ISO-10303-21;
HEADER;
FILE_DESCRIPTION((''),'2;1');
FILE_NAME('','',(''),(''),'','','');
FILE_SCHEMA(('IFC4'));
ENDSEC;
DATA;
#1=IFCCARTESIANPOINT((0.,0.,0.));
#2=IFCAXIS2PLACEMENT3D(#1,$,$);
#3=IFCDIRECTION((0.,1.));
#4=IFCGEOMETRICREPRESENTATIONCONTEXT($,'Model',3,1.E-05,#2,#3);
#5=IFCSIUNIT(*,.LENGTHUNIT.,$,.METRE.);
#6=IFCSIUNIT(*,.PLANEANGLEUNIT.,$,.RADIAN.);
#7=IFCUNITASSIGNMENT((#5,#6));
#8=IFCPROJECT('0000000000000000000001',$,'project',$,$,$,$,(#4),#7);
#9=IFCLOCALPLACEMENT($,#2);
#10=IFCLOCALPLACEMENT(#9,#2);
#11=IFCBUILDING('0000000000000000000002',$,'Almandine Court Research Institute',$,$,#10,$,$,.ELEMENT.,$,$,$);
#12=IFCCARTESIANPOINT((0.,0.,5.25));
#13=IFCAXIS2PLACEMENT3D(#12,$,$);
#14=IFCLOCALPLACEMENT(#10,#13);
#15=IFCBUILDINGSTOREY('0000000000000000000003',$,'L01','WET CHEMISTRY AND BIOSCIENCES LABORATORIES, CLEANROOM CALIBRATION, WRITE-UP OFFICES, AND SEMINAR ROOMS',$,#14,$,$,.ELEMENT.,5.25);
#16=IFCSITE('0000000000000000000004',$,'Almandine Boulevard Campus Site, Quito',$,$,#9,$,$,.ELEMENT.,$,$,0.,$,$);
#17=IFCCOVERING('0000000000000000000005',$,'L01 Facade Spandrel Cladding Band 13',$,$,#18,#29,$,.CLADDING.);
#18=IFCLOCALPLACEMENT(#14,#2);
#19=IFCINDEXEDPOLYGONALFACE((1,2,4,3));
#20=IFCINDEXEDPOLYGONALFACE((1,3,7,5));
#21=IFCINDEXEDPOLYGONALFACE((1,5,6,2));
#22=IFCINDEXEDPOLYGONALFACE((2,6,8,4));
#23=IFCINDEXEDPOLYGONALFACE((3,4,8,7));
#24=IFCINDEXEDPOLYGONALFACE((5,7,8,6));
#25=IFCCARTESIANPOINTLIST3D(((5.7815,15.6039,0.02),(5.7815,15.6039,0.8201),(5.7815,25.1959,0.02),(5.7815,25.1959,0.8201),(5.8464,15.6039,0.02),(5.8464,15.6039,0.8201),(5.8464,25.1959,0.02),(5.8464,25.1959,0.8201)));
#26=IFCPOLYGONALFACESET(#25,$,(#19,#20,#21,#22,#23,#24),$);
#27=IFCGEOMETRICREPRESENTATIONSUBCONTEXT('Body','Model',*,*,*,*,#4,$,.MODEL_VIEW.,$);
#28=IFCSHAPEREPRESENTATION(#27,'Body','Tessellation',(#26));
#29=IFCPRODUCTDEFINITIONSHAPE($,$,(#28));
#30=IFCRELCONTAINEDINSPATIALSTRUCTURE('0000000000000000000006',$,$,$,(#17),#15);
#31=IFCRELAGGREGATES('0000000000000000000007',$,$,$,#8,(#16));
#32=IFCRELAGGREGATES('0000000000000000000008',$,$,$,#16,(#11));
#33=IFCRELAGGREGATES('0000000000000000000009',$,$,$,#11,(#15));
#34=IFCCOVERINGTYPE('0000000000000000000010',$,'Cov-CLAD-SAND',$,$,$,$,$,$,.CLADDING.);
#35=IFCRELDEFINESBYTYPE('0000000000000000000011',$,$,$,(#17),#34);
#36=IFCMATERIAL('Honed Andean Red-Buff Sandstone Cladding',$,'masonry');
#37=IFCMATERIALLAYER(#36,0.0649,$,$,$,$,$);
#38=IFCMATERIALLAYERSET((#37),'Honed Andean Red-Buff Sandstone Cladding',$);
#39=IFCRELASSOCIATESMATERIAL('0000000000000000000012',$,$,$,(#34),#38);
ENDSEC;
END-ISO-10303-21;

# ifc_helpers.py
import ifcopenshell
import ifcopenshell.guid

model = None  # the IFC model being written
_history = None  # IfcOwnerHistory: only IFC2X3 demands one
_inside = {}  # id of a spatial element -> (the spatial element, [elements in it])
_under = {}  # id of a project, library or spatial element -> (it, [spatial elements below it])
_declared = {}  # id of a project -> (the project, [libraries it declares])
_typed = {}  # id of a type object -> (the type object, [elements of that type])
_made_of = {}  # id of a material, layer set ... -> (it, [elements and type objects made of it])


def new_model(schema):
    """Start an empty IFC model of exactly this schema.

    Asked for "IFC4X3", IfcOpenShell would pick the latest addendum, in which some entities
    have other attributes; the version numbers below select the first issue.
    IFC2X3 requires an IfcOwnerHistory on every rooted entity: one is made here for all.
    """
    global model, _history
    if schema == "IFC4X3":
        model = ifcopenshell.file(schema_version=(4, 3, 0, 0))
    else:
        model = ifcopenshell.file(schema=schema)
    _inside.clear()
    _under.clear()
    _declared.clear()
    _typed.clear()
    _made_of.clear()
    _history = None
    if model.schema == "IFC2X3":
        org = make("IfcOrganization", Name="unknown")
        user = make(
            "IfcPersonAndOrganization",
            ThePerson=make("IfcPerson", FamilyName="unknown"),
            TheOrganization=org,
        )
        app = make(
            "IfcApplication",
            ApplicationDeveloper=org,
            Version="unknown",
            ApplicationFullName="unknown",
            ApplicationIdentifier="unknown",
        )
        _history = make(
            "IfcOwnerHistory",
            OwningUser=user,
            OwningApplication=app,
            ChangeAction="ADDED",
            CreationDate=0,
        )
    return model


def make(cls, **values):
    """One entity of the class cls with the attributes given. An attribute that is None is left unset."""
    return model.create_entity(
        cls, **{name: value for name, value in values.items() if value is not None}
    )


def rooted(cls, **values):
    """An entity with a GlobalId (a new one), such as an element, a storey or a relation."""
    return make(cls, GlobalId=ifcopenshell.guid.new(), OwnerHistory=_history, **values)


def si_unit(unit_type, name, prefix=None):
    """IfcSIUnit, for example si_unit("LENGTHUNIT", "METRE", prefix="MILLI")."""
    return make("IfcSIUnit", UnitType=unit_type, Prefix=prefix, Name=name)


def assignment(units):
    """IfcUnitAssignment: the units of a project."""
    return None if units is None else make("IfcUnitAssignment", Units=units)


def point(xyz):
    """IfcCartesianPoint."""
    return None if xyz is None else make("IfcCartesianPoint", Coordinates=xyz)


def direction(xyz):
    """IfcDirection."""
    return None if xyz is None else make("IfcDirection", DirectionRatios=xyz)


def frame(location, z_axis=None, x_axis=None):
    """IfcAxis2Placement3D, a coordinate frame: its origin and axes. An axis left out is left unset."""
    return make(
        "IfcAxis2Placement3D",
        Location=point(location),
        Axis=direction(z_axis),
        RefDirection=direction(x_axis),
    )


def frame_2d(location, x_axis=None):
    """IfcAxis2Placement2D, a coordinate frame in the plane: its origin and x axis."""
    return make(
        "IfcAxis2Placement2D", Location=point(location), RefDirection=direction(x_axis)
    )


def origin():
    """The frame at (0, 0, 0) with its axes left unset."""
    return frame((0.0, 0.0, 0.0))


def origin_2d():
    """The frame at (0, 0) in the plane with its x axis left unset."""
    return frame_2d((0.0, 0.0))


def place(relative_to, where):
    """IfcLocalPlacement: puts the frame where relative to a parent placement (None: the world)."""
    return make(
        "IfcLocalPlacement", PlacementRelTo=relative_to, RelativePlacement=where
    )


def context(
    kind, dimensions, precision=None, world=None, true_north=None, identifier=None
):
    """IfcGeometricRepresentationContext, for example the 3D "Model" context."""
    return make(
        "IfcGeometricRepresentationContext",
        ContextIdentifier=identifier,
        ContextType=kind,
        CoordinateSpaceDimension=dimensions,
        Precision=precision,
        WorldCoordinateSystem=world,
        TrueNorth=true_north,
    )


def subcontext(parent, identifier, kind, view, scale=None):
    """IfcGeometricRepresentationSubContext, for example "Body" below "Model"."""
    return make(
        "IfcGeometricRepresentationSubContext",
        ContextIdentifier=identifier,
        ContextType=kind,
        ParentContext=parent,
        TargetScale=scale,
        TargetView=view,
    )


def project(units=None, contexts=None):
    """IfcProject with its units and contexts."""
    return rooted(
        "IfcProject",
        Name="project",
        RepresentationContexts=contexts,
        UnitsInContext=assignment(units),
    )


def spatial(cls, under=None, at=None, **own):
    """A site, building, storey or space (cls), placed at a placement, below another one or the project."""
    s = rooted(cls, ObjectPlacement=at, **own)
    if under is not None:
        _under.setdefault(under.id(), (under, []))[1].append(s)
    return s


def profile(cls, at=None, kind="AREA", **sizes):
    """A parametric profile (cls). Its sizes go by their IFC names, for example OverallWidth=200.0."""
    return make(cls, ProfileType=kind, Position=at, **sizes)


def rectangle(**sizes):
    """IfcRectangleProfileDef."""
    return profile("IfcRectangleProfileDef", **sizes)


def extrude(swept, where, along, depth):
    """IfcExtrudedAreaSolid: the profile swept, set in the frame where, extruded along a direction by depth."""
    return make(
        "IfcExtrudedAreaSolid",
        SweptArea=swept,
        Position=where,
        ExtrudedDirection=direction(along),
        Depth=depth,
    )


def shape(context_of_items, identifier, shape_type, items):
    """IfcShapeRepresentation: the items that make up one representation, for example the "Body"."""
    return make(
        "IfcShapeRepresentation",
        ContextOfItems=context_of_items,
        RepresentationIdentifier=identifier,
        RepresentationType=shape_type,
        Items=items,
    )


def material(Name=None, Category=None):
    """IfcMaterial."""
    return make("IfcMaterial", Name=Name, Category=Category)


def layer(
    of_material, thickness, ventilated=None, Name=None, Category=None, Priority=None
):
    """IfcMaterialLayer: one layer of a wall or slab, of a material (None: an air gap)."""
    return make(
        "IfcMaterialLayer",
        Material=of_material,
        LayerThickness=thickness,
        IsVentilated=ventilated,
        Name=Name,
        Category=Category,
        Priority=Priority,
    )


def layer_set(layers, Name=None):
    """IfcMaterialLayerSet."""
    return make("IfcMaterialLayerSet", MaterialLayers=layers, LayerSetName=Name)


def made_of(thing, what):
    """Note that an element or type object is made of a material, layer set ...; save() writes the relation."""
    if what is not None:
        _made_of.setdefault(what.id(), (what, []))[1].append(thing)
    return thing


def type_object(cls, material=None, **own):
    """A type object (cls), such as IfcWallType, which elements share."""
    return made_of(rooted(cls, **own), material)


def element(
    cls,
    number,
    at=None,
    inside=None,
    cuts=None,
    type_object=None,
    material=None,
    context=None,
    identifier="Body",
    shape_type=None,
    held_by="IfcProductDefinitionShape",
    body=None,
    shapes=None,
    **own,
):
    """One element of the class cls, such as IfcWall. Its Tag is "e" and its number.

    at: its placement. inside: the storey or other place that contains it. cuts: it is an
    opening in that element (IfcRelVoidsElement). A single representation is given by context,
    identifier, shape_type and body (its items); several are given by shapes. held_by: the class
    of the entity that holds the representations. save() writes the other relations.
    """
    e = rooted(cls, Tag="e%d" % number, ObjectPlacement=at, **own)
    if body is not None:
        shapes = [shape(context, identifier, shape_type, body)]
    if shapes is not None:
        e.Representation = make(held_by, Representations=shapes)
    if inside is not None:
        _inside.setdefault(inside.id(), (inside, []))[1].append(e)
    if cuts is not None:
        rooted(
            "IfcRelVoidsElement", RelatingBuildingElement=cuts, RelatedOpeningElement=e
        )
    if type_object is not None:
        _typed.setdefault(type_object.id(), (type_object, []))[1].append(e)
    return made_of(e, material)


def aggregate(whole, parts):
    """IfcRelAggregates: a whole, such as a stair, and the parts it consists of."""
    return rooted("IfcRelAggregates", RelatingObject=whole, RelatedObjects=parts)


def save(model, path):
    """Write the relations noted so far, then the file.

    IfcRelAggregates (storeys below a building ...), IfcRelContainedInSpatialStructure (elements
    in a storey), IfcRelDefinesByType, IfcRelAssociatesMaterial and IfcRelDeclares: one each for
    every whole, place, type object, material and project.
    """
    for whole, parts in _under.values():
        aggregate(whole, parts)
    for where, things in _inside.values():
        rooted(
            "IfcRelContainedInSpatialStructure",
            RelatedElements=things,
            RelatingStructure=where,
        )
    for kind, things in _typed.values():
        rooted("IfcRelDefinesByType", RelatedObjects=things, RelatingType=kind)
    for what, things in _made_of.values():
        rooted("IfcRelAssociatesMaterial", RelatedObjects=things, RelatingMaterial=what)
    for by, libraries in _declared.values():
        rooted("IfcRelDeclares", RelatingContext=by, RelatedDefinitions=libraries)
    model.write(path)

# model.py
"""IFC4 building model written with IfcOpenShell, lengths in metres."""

from ifc_helpers import new_model, si_unit, direction, frame, origin, origin_2d, place, context, subcontext, project, spatial, rectangle, extrude, material, layer, layer_set, type_object, element, save


model = new_model("IFC4")

# Units and contexts
model_context = context("Model", 3, precision=1e-05, world=origin(), true_north=direction((0.0, 1.0)))
body_context = subcontext(model_context, "Body", "Model", "MODEL_VIEW")
ifc_project = project(units=[si_unit("LENGTHUNIT", "METRE"), si_unit("PLANEANGLEUNIT", "RADIAN")], contexts=[model_context])

# Site, building, storey
site_placement = place(None, origin())
site = spatial("IfcSite", under=ifc_project, at=site_placement, Name="Almandine Boulevard Campus Site, Quito", CompositionType="ELEMENT", RefElevation=0.0)
building_placement = place(site_placement, origin())
building = spatial("IfcBuilding", under=site, at=building_placement, Name="Almandine Court Research Institute", CompositionType="ELEMENT")
storey_placement = place(building_placement, frame((0.0, 0.0, 5.25)))
storey = spatial("IfcBuildingStorey", under=building, at=storey_placement, Name="L01", Description="WET CHEMISTRY AND BIOSCIENCES LABORATORIES, CLEANROOM CALIBRATION, WRITE-UP OFFICES, AND SEMINAR ROOMS", CompositionType="ELEMENT", Elevation=5.25)

# Covering
ifc_material_1 = material(Name="Honed Andean Red-Buff Sandstone Cladding", Category="masonry")
ifc_layer_1 = layer(ifc_material_1, 0.0649)
ifc_layer_set_1 = layer_set([ifc_layer_1], Name="Honed Andean Red-Buff Sandstone Cladding")
covering_type = type_object("IfcCoveringType", Name="Cov-CLAD-SAND", PredefinedType="CLADDING", material=ifc_layer_set_1)
covering_placement = place(storey_placement, frame((5.814, 20.3999, 0.02), z_axis=(0.0, 0.0, 1.0), x_axis=(0.0, 1.0, 0.0)))
element("IfcCovering", 1, at=covering_placement, inside=storey, type_object=covering_type, Name="L01 Facade Spandrel Cladding Band 13", PredefinedType="CLADDING", context=body_context, shape_type="SweptSolid", body=[
    extrude(rectangle(XDim=9.592, YDim=0.0649, at=origin_2d()), origin(), (0.0, 0.0, 1.0), 0.8),
])

save(model, "model.ifc")
